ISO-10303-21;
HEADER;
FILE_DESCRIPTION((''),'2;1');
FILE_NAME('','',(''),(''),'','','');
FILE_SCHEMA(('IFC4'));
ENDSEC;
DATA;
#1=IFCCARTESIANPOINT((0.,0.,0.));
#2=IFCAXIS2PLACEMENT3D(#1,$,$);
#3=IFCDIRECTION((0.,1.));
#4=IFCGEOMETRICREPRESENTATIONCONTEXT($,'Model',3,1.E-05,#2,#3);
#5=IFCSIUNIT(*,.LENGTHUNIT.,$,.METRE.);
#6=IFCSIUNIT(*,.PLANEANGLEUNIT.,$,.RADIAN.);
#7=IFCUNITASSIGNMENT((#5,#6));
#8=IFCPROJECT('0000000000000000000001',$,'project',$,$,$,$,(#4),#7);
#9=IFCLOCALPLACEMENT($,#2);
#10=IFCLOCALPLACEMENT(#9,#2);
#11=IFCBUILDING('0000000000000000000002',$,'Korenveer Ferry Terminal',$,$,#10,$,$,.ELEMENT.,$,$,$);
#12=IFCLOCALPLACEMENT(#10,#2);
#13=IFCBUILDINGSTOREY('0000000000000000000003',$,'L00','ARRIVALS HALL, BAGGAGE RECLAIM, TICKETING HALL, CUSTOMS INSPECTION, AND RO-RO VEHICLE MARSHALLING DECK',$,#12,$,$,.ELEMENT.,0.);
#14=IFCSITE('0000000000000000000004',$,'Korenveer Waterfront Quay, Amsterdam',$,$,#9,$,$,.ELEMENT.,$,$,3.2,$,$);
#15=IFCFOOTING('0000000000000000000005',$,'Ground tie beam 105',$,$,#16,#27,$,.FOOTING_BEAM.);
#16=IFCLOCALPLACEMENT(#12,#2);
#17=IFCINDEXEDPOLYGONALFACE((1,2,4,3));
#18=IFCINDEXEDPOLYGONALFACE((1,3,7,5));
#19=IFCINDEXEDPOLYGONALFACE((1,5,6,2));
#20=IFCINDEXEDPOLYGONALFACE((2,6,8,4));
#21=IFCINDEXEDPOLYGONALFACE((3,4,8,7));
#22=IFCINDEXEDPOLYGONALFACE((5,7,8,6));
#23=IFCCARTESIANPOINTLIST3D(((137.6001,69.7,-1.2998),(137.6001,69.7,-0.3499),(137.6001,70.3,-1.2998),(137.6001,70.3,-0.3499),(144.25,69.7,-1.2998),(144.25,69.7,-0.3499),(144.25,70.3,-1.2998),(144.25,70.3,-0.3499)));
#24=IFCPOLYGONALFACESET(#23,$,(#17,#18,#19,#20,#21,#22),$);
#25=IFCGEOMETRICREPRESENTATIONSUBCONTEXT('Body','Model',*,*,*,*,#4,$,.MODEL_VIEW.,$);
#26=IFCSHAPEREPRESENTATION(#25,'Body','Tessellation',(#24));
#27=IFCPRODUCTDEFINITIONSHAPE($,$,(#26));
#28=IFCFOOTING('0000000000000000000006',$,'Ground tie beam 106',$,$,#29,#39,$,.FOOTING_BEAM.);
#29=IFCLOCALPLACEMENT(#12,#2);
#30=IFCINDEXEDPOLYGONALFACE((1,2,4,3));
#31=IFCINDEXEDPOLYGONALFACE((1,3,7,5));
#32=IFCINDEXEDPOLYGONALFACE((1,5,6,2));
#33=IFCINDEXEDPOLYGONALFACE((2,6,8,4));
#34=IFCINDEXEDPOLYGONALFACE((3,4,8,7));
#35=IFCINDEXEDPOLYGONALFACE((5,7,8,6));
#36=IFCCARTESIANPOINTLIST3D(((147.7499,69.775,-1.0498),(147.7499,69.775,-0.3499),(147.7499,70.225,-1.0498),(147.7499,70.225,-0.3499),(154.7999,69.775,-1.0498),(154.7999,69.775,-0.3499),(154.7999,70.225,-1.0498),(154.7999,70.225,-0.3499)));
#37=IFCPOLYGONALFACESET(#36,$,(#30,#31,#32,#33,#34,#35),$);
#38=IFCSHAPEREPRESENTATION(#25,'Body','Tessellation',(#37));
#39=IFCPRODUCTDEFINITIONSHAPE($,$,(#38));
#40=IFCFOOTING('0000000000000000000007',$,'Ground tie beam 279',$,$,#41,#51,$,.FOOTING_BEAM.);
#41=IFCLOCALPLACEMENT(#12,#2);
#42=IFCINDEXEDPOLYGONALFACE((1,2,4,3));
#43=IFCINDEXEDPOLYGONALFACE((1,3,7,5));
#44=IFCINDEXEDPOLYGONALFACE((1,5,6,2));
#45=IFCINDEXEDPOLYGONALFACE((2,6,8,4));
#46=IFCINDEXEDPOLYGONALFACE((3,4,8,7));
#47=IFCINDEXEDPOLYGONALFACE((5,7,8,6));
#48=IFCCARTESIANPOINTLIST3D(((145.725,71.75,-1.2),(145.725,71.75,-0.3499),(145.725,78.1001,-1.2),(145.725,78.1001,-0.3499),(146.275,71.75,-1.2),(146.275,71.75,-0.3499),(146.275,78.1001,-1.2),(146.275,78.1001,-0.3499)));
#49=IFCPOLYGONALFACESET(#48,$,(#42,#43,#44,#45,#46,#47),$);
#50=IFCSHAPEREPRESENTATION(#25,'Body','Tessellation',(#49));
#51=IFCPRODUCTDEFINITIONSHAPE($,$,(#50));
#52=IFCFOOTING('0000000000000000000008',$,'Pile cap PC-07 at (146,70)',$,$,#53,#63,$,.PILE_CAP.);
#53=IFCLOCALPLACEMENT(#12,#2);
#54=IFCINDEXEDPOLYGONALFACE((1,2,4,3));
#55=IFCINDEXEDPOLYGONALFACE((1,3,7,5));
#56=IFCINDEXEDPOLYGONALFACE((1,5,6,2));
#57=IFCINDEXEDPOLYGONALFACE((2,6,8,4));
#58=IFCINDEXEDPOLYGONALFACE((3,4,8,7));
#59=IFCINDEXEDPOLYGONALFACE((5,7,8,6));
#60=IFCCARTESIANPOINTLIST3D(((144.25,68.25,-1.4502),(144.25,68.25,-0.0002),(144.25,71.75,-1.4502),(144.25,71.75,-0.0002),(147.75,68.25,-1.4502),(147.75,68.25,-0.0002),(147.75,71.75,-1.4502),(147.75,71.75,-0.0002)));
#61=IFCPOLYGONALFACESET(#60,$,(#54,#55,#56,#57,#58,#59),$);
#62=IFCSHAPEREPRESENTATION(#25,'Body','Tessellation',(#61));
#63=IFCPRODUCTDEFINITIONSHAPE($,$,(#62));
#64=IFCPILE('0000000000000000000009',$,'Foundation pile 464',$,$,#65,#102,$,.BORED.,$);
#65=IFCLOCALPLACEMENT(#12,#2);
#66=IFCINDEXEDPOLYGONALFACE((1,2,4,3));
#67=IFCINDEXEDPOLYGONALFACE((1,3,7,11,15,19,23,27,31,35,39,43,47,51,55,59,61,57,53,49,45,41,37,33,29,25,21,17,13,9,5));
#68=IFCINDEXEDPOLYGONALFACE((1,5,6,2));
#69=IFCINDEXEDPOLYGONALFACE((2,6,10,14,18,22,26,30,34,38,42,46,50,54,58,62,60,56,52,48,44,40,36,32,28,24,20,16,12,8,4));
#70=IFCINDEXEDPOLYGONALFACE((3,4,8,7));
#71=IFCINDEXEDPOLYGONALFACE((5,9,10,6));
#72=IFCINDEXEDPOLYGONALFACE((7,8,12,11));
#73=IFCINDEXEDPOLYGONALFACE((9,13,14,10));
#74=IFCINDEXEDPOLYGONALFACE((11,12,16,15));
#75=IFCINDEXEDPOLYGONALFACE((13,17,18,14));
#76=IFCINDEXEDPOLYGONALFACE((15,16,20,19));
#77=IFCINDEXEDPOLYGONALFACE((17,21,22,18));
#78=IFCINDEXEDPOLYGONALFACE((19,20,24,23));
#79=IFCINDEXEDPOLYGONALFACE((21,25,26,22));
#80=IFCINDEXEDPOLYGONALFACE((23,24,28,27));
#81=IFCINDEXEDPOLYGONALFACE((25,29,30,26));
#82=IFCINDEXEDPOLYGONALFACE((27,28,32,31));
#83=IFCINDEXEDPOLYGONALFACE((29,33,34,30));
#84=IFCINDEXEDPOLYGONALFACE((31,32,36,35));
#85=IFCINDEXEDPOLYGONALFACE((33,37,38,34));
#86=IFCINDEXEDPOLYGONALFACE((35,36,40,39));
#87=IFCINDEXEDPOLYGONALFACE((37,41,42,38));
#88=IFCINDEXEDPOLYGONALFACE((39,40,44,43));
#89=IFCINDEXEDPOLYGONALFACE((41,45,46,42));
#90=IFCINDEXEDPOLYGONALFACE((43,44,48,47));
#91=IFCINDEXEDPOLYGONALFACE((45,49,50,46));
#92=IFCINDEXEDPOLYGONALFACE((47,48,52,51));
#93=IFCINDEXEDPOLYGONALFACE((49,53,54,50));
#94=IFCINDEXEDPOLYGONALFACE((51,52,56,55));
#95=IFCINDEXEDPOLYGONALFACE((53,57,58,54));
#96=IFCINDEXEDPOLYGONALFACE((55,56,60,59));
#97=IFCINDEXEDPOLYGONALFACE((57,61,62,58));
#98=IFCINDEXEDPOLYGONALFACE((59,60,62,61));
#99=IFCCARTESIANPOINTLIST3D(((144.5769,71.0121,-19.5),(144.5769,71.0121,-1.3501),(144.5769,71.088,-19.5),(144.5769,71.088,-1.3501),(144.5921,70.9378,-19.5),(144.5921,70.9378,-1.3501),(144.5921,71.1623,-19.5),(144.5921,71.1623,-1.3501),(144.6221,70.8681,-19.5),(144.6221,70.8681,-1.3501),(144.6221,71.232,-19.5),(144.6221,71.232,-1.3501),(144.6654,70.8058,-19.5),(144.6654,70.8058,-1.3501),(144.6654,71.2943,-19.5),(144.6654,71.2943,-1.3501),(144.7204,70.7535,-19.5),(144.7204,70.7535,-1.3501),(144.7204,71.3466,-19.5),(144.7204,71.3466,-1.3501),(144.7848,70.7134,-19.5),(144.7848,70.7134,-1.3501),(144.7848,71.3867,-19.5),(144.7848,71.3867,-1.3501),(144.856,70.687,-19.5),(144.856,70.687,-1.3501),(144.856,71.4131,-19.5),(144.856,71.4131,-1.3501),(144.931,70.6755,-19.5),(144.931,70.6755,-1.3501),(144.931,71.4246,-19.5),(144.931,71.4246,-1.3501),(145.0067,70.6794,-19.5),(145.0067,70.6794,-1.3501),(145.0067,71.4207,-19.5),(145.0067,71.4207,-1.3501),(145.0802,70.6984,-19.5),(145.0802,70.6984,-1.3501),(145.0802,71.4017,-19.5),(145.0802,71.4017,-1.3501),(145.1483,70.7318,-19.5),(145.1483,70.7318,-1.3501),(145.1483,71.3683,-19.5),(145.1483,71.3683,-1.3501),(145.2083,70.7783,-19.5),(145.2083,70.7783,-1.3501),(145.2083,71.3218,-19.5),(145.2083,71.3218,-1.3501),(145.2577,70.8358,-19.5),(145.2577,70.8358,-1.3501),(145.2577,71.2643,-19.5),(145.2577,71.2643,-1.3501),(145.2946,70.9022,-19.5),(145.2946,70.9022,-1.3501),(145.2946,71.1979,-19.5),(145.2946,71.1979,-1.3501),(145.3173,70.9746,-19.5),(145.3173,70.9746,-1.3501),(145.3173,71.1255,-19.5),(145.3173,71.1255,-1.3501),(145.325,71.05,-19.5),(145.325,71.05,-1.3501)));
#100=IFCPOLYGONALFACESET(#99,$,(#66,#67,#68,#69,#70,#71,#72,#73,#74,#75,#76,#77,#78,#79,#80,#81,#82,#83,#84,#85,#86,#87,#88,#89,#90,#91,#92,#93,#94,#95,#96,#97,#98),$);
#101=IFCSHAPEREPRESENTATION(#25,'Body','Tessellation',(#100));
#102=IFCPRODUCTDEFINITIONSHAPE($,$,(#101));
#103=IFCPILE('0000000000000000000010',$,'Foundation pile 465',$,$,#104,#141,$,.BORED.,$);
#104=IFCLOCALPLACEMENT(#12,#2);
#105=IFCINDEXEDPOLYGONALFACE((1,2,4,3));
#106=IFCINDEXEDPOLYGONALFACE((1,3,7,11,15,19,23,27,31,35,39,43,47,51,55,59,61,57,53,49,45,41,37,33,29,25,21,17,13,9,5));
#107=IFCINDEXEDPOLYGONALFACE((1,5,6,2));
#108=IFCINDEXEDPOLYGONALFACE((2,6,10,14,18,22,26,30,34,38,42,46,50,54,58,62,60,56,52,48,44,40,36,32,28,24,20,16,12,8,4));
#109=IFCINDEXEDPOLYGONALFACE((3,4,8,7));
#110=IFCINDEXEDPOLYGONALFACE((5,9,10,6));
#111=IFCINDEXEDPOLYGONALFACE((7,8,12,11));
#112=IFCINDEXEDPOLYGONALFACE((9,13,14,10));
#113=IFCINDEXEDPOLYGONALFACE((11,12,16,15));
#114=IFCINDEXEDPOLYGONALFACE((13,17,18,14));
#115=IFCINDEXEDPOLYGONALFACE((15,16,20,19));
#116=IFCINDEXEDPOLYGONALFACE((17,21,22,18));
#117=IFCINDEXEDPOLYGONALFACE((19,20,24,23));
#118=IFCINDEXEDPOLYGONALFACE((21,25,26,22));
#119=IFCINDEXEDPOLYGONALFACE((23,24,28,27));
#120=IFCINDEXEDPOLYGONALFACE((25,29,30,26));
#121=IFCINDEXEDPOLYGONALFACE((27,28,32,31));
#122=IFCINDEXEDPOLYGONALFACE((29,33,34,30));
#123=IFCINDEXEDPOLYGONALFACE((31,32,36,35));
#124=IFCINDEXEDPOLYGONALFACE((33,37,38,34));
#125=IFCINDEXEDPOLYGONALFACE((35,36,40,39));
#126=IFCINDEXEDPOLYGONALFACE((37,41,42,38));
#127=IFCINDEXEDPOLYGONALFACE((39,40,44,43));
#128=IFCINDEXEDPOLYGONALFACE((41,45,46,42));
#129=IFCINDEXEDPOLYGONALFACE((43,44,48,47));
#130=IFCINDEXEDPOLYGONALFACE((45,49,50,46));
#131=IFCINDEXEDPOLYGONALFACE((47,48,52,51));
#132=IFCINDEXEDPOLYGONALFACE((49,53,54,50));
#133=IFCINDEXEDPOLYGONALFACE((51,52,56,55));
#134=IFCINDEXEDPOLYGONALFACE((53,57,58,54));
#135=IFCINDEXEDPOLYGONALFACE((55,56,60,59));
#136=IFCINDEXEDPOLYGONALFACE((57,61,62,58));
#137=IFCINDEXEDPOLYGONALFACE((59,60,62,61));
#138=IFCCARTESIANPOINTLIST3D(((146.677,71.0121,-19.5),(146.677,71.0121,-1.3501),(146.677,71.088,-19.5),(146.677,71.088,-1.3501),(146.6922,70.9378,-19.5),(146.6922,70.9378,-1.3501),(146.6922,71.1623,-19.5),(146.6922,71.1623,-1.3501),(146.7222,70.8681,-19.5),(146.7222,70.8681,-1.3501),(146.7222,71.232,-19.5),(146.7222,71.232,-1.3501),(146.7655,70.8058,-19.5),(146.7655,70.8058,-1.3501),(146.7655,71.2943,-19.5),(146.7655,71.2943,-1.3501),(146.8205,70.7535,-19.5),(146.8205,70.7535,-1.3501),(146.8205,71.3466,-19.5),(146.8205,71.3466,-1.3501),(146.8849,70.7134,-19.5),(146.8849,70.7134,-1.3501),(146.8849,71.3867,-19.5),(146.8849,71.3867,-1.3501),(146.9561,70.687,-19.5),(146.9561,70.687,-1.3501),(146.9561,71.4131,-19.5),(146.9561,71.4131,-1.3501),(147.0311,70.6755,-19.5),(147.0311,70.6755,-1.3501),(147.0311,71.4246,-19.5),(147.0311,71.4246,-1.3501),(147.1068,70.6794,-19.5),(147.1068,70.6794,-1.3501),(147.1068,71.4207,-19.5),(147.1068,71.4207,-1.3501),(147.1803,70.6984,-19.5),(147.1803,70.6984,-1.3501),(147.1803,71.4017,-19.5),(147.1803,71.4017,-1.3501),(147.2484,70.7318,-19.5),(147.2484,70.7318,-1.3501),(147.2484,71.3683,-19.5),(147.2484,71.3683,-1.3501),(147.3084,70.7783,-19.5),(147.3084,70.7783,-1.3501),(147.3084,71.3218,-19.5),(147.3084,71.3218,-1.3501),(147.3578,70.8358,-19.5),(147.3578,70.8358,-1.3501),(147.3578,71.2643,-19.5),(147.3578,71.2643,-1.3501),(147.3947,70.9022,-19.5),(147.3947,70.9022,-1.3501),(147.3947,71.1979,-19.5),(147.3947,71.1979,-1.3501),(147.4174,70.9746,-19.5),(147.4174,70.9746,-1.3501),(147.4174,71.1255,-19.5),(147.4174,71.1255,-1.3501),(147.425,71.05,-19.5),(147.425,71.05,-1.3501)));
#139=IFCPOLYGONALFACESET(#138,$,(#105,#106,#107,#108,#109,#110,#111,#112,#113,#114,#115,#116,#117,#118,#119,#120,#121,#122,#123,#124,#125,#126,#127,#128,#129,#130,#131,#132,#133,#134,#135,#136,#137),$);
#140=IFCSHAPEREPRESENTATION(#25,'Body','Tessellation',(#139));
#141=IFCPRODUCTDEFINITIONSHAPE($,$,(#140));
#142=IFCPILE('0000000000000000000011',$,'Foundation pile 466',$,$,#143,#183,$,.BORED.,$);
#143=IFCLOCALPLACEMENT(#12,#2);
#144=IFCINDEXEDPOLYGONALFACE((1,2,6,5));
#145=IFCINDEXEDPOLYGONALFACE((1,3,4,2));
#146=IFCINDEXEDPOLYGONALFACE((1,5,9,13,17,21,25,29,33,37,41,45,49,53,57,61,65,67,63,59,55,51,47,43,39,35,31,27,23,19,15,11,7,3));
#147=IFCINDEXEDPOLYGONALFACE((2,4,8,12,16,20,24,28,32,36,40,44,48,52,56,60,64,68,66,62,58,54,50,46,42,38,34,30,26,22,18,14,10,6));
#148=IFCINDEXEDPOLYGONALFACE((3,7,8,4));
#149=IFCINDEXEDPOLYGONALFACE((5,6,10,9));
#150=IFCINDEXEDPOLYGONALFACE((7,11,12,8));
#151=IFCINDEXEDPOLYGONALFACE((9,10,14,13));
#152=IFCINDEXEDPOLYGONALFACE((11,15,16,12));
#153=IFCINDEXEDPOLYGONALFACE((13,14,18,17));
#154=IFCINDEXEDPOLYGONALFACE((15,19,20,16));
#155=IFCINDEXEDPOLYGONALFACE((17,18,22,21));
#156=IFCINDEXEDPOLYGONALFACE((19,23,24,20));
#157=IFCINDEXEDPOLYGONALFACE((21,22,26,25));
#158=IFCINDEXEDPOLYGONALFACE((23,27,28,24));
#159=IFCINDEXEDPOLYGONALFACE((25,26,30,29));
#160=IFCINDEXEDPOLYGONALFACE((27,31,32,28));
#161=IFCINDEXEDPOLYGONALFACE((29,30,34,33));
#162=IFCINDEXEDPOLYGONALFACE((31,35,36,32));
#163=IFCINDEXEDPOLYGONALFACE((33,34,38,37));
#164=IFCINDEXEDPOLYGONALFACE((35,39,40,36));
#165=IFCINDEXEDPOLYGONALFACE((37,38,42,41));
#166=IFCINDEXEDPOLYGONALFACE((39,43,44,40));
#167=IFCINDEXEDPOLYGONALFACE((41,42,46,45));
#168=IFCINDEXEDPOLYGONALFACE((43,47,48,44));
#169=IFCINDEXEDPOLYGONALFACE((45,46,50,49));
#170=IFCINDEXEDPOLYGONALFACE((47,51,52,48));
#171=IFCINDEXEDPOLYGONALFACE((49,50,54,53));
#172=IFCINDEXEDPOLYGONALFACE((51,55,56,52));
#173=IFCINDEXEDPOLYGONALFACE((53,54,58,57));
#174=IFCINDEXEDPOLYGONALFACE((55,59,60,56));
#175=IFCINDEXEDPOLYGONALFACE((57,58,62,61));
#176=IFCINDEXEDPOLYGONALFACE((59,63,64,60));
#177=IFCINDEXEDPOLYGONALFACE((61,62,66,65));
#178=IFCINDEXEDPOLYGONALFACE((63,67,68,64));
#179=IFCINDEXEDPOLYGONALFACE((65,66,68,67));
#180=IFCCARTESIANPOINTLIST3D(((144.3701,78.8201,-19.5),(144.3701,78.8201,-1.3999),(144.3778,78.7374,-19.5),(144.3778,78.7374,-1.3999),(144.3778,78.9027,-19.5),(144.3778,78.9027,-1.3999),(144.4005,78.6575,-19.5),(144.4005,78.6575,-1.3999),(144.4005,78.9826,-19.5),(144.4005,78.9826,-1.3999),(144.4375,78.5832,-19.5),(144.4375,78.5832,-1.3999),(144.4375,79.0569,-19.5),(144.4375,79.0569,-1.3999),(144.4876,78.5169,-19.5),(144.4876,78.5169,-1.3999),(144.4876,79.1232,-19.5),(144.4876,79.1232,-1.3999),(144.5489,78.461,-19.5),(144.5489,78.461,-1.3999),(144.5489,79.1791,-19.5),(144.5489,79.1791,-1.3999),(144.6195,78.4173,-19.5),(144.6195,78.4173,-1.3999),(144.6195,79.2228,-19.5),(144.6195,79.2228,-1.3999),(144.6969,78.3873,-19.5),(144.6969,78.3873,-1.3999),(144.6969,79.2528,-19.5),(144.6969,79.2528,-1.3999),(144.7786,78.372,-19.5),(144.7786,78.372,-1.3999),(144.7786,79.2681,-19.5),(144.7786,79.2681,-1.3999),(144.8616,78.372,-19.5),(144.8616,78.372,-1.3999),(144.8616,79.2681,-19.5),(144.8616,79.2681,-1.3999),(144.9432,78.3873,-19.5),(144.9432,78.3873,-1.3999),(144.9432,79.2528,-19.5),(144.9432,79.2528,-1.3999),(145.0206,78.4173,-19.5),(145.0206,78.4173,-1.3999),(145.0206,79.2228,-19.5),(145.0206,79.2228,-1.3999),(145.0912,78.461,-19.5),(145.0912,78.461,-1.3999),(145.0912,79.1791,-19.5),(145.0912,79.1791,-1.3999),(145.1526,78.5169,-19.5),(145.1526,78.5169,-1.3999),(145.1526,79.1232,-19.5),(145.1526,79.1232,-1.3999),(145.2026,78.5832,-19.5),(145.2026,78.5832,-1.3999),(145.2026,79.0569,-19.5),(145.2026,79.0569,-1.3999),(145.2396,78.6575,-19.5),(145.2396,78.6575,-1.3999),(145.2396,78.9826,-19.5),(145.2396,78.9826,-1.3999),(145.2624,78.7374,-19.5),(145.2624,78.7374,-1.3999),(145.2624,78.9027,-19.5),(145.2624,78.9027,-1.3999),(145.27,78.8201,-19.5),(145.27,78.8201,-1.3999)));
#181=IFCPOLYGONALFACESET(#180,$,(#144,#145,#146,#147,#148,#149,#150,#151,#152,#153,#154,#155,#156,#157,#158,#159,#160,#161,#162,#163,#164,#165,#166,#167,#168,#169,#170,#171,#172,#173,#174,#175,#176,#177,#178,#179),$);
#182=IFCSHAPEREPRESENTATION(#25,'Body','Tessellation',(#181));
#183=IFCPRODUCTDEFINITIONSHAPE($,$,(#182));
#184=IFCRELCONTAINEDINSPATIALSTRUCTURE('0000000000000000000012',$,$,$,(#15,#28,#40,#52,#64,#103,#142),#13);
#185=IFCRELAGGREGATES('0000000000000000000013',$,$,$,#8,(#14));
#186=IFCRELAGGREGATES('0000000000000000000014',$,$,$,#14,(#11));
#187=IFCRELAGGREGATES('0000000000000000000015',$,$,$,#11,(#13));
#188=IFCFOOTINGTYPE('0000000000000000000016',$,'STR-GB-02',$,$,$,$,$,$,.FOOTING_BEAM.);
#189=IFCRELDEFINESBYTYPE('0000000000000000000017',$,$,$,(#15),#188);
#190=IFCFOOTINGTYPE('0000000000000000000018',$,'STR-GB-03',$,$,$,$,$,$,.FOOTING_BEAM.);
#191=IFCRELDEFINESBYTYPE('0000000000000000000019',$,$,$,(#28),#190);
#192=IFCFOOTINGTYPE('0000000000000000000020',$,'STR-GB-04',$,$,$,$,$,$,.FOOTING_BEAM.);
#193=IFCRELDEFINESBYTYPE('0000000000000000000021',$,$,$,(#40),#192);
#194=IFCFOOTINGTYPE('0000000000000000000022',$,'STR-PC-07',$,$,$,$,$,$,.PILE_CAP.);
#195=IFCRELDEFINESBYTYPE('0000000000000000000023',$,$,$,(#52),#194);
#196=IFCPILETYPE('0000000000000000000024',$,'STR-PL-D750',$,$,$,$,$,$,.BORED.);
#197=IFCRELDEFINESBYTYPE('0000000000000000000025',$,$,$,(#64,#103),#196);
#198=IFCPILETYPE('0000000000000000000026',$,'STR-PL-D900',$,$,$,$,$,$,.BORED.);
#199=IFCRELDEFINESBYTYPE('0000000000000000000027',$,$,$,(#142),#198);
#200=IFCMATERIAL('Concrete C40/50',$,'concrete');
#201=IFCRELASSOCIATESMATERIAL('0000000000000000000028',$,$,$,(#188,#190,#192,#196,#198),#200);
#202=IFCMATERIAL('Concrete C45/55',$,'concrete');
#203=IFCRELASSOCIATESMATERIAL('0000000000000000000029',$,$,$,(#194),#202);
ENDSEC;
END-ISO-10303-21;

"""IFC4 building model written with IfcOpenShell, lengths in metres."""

from ifc_helpers import new_model, si_unit, direction, frame, origin, origin_2d, place, context, subcontext, project, spatial, rectangle, circle, extrude, material, material_profile, profile_set, type_object, element, save


model = new_model("IFC4")

# Units and contexts
model_context = context("Model", 3, precision=1e-05, world=origin(), true_north=direction((0.0, 1.0)))
body_context = subcontext(model_context, "Body", "Model", "MODEL_VIEW")
ifc_project = project(units=[si_unit("LENGTHUNIT", "METRE"), si_unit("PLANEANGLEUNIT", "RADIAN")], contexts=[model_context])

# Site, building, storey
site_placement = place(None, origin())
site = spatial("IfcSite", under=ifc_project, at=site_placement, Name="Korenveer Waterfront Quay, Amsterdam", CompositionType="ELEMENT", RefElevation=3.2)
building_placement = place(site_placement, origin())
building = spatial("IfcBuilding", under=site, at=building_placement, Name="Korenveer Ferry Terminal", CompositionType="ELEMENT")
storey_placement = place(building_placement, origin())
storey = spatial("IfcBuildingStorey", under=building, at=storey_placement, Name="L00", Description="ARRIVALS HALL, BAGGAGE RECLAIM, TICKETING HALL, CUSTOMS INSPECTION, AND RO-RO VEHICLE MARSHALLING DECK", CompositionType="ELEMENT", Elevation=0.0)

# Footings
ifc_material_1 = material(Name="Concrete C40/50", Category="concrete")
footing_type_1 = type_object("IfcFootingType", Name="STR-GB-02", PredefinedType="FOOTING_BEAM", material=ifc_material_1)
footing_1_placement = place(storey_placement, frame((140.925, 70.0, -1.2998), z_axis=(0.0, 0.0, 1.0), x_axis=(1.0, 0.0, 0.0)))
element("IfcFooting", 1, at=footing_1_placement, inside=storey, type_object=footing_type_1, Name="Ground tie beam 105", PredefinedType="FOOTING_BEAM", context=body_context, shape_type="SweptSolid", body=[
    extrude(rectangle(XDim=6.6499, YDim=0.6001, at=origin_2d()), origin(), (0.0, 0.0, 1.0), 0.95),
])
footing_type_2 = type_object("IfcFootingType", Name="STR-GB-03", PredefinedType="FOOTING_BEAM", material=ifc_material_1)
footing_2_placement = place(storey_placement, frame((151.2749, 70.0, -1.0498), z_axis=(0.0, 0.0, 1.0), x_axis=(1.0, 0.0, 0.0)))
element("IfcFooting", 2, at=footing_2_placement, inside=storey, type_object=footing_type_2, Name="Ground tie beam 106", PredefinedType="FOOTING_BEAM", context=body_context, shape_type="SweptSolid", body=[
    extrude(rectangle(XDim=7.05, YDim=0.45, at=origin_2d()), origin(), (0.0, 0.0, 1.0), 0.7),
])
footing_type_3 = type_object("IfcFootingType", Name="STR-GB-04", PredefinedType="FOOTING_BEAM", material=ifc_material_1)
footing_3_placement = place(storey_placement, frame((146.0, 74.925, -1.2), z_axis=(0.0, 0.0, 1.0), x_axis=(1.0, 0.0, 0.0)))
element("IfcFooting", 3, at=footing_3_placement, inside=storey, type_object=footing_type_3, Name="Ground tie beam 279", PredefinedType="FOOTING_BEAM", context=body_context, shape_type="SweptSolid", body=[
    extrude(rectangle(XDim=0.55, YDim=6.3501, at=origin_2d()), origin(), (0.0, 0.0, 1.0), 0.8501),
])
ifc_material_2 = material(Name="Concrete C45/55", Category="concrete")
footing_type_4 = type_object("IfcFootingType", Name="STR-PC-07", PredefinedType="PILE_CAP", material=ifc_material_2)
footing_4_placement = place(storey_placement, frame((146.0, 70.0, -1.4502), z_axis=(0.0, 0.0, 1.0), x_axis=(1.0, 0.0, 0.0)))
element("IfcFooting", 4, at=footing_4_placement, inside=storey, type_object=footing_type_4, Name="Pile cap PC-07 at (146,70)", PredefinedType="PILE_CAP", context=body_context, shape_type="SweptSolid", body=[
    extrude(rectangle(XDim=3.5, YDim=3.5, at=origin_2d()), origin(), (0.0, 0.0, 1.0), 1.45),
])

# Piles
ifc_material_profile_1 = material_profile(ifc_material_1, circle(Radius=0.375, at=origin_2d()), Name="PILE D750")
ifc_profile_set_1 = profile_set([ifc_material_profile_1], Name="Concrete C40/50")
pile_type_1 = type_object("IfcPileType", Name="STR-PL-D750", PredefinedType="BORED", material=ifc_profile_set_1)
for number, where, z_axis, x_axis, name in (
    (5, (144.95, 71.05, -1.3501), (0.0, 0.0, -1.0), (1.0, 0.0, 0.0), "Foundation pile 464"),
    (6, (147.05, 71.05, -1.3501), (0.0, 0.0, -1.0), (1.0, 0.0, 0.0), "Foundation pile 465"),
):
    element("IfcPile", number, at=place(storey_placement, frame(where, z_axis=z_axis, x_axis=x_axis)), inside=storey, type_object=pile_type_1, Name=name, PredefinedType="BORED", context=body_context, shape_type="SweptSolid", body=[
        extrude(circle(Radius=0.375, at=origin_2d()), origin(), (0.0, 0.0, 1.0), 18.1499),
    ])
ifc_material_profile_2 = material_profile(ifc_material_1, circle(Radius=0.45, at=origin_2d()), Name="PILE D900")
ifc_profile_set_2 = profile_set([ifc_material_profile_2], Name="Concrete C40/50")
pile_type_2 = type_object("IfcPileType", Name="STR-PL-D900", PredefinedType="BORED", material=ifc_profile_set_2)
for number, where, z_axis, x_axis, name in (
    (7, (144.8201, 78.8201, -1.3999), (0.0, 0.0, -1.0), (1.0, 0.0, 0.0), "Foundation pile 466"),
):
    element("IfcPile", number, at=place(storey_placement, frame(where, z_axis=z_axis, x_axis=x_axis)), inside=storey, type_object=pile_type_2, Name=name, PredefinedType="BORED", context=body_context, shape_type="SweptSolid", body=[
        extrude(circle(Radius=0.45, at=origin_2d()), origin(), (0.0, 0.0, 1.0), 18.1001),
    ])

save(model, "model.ifc")
